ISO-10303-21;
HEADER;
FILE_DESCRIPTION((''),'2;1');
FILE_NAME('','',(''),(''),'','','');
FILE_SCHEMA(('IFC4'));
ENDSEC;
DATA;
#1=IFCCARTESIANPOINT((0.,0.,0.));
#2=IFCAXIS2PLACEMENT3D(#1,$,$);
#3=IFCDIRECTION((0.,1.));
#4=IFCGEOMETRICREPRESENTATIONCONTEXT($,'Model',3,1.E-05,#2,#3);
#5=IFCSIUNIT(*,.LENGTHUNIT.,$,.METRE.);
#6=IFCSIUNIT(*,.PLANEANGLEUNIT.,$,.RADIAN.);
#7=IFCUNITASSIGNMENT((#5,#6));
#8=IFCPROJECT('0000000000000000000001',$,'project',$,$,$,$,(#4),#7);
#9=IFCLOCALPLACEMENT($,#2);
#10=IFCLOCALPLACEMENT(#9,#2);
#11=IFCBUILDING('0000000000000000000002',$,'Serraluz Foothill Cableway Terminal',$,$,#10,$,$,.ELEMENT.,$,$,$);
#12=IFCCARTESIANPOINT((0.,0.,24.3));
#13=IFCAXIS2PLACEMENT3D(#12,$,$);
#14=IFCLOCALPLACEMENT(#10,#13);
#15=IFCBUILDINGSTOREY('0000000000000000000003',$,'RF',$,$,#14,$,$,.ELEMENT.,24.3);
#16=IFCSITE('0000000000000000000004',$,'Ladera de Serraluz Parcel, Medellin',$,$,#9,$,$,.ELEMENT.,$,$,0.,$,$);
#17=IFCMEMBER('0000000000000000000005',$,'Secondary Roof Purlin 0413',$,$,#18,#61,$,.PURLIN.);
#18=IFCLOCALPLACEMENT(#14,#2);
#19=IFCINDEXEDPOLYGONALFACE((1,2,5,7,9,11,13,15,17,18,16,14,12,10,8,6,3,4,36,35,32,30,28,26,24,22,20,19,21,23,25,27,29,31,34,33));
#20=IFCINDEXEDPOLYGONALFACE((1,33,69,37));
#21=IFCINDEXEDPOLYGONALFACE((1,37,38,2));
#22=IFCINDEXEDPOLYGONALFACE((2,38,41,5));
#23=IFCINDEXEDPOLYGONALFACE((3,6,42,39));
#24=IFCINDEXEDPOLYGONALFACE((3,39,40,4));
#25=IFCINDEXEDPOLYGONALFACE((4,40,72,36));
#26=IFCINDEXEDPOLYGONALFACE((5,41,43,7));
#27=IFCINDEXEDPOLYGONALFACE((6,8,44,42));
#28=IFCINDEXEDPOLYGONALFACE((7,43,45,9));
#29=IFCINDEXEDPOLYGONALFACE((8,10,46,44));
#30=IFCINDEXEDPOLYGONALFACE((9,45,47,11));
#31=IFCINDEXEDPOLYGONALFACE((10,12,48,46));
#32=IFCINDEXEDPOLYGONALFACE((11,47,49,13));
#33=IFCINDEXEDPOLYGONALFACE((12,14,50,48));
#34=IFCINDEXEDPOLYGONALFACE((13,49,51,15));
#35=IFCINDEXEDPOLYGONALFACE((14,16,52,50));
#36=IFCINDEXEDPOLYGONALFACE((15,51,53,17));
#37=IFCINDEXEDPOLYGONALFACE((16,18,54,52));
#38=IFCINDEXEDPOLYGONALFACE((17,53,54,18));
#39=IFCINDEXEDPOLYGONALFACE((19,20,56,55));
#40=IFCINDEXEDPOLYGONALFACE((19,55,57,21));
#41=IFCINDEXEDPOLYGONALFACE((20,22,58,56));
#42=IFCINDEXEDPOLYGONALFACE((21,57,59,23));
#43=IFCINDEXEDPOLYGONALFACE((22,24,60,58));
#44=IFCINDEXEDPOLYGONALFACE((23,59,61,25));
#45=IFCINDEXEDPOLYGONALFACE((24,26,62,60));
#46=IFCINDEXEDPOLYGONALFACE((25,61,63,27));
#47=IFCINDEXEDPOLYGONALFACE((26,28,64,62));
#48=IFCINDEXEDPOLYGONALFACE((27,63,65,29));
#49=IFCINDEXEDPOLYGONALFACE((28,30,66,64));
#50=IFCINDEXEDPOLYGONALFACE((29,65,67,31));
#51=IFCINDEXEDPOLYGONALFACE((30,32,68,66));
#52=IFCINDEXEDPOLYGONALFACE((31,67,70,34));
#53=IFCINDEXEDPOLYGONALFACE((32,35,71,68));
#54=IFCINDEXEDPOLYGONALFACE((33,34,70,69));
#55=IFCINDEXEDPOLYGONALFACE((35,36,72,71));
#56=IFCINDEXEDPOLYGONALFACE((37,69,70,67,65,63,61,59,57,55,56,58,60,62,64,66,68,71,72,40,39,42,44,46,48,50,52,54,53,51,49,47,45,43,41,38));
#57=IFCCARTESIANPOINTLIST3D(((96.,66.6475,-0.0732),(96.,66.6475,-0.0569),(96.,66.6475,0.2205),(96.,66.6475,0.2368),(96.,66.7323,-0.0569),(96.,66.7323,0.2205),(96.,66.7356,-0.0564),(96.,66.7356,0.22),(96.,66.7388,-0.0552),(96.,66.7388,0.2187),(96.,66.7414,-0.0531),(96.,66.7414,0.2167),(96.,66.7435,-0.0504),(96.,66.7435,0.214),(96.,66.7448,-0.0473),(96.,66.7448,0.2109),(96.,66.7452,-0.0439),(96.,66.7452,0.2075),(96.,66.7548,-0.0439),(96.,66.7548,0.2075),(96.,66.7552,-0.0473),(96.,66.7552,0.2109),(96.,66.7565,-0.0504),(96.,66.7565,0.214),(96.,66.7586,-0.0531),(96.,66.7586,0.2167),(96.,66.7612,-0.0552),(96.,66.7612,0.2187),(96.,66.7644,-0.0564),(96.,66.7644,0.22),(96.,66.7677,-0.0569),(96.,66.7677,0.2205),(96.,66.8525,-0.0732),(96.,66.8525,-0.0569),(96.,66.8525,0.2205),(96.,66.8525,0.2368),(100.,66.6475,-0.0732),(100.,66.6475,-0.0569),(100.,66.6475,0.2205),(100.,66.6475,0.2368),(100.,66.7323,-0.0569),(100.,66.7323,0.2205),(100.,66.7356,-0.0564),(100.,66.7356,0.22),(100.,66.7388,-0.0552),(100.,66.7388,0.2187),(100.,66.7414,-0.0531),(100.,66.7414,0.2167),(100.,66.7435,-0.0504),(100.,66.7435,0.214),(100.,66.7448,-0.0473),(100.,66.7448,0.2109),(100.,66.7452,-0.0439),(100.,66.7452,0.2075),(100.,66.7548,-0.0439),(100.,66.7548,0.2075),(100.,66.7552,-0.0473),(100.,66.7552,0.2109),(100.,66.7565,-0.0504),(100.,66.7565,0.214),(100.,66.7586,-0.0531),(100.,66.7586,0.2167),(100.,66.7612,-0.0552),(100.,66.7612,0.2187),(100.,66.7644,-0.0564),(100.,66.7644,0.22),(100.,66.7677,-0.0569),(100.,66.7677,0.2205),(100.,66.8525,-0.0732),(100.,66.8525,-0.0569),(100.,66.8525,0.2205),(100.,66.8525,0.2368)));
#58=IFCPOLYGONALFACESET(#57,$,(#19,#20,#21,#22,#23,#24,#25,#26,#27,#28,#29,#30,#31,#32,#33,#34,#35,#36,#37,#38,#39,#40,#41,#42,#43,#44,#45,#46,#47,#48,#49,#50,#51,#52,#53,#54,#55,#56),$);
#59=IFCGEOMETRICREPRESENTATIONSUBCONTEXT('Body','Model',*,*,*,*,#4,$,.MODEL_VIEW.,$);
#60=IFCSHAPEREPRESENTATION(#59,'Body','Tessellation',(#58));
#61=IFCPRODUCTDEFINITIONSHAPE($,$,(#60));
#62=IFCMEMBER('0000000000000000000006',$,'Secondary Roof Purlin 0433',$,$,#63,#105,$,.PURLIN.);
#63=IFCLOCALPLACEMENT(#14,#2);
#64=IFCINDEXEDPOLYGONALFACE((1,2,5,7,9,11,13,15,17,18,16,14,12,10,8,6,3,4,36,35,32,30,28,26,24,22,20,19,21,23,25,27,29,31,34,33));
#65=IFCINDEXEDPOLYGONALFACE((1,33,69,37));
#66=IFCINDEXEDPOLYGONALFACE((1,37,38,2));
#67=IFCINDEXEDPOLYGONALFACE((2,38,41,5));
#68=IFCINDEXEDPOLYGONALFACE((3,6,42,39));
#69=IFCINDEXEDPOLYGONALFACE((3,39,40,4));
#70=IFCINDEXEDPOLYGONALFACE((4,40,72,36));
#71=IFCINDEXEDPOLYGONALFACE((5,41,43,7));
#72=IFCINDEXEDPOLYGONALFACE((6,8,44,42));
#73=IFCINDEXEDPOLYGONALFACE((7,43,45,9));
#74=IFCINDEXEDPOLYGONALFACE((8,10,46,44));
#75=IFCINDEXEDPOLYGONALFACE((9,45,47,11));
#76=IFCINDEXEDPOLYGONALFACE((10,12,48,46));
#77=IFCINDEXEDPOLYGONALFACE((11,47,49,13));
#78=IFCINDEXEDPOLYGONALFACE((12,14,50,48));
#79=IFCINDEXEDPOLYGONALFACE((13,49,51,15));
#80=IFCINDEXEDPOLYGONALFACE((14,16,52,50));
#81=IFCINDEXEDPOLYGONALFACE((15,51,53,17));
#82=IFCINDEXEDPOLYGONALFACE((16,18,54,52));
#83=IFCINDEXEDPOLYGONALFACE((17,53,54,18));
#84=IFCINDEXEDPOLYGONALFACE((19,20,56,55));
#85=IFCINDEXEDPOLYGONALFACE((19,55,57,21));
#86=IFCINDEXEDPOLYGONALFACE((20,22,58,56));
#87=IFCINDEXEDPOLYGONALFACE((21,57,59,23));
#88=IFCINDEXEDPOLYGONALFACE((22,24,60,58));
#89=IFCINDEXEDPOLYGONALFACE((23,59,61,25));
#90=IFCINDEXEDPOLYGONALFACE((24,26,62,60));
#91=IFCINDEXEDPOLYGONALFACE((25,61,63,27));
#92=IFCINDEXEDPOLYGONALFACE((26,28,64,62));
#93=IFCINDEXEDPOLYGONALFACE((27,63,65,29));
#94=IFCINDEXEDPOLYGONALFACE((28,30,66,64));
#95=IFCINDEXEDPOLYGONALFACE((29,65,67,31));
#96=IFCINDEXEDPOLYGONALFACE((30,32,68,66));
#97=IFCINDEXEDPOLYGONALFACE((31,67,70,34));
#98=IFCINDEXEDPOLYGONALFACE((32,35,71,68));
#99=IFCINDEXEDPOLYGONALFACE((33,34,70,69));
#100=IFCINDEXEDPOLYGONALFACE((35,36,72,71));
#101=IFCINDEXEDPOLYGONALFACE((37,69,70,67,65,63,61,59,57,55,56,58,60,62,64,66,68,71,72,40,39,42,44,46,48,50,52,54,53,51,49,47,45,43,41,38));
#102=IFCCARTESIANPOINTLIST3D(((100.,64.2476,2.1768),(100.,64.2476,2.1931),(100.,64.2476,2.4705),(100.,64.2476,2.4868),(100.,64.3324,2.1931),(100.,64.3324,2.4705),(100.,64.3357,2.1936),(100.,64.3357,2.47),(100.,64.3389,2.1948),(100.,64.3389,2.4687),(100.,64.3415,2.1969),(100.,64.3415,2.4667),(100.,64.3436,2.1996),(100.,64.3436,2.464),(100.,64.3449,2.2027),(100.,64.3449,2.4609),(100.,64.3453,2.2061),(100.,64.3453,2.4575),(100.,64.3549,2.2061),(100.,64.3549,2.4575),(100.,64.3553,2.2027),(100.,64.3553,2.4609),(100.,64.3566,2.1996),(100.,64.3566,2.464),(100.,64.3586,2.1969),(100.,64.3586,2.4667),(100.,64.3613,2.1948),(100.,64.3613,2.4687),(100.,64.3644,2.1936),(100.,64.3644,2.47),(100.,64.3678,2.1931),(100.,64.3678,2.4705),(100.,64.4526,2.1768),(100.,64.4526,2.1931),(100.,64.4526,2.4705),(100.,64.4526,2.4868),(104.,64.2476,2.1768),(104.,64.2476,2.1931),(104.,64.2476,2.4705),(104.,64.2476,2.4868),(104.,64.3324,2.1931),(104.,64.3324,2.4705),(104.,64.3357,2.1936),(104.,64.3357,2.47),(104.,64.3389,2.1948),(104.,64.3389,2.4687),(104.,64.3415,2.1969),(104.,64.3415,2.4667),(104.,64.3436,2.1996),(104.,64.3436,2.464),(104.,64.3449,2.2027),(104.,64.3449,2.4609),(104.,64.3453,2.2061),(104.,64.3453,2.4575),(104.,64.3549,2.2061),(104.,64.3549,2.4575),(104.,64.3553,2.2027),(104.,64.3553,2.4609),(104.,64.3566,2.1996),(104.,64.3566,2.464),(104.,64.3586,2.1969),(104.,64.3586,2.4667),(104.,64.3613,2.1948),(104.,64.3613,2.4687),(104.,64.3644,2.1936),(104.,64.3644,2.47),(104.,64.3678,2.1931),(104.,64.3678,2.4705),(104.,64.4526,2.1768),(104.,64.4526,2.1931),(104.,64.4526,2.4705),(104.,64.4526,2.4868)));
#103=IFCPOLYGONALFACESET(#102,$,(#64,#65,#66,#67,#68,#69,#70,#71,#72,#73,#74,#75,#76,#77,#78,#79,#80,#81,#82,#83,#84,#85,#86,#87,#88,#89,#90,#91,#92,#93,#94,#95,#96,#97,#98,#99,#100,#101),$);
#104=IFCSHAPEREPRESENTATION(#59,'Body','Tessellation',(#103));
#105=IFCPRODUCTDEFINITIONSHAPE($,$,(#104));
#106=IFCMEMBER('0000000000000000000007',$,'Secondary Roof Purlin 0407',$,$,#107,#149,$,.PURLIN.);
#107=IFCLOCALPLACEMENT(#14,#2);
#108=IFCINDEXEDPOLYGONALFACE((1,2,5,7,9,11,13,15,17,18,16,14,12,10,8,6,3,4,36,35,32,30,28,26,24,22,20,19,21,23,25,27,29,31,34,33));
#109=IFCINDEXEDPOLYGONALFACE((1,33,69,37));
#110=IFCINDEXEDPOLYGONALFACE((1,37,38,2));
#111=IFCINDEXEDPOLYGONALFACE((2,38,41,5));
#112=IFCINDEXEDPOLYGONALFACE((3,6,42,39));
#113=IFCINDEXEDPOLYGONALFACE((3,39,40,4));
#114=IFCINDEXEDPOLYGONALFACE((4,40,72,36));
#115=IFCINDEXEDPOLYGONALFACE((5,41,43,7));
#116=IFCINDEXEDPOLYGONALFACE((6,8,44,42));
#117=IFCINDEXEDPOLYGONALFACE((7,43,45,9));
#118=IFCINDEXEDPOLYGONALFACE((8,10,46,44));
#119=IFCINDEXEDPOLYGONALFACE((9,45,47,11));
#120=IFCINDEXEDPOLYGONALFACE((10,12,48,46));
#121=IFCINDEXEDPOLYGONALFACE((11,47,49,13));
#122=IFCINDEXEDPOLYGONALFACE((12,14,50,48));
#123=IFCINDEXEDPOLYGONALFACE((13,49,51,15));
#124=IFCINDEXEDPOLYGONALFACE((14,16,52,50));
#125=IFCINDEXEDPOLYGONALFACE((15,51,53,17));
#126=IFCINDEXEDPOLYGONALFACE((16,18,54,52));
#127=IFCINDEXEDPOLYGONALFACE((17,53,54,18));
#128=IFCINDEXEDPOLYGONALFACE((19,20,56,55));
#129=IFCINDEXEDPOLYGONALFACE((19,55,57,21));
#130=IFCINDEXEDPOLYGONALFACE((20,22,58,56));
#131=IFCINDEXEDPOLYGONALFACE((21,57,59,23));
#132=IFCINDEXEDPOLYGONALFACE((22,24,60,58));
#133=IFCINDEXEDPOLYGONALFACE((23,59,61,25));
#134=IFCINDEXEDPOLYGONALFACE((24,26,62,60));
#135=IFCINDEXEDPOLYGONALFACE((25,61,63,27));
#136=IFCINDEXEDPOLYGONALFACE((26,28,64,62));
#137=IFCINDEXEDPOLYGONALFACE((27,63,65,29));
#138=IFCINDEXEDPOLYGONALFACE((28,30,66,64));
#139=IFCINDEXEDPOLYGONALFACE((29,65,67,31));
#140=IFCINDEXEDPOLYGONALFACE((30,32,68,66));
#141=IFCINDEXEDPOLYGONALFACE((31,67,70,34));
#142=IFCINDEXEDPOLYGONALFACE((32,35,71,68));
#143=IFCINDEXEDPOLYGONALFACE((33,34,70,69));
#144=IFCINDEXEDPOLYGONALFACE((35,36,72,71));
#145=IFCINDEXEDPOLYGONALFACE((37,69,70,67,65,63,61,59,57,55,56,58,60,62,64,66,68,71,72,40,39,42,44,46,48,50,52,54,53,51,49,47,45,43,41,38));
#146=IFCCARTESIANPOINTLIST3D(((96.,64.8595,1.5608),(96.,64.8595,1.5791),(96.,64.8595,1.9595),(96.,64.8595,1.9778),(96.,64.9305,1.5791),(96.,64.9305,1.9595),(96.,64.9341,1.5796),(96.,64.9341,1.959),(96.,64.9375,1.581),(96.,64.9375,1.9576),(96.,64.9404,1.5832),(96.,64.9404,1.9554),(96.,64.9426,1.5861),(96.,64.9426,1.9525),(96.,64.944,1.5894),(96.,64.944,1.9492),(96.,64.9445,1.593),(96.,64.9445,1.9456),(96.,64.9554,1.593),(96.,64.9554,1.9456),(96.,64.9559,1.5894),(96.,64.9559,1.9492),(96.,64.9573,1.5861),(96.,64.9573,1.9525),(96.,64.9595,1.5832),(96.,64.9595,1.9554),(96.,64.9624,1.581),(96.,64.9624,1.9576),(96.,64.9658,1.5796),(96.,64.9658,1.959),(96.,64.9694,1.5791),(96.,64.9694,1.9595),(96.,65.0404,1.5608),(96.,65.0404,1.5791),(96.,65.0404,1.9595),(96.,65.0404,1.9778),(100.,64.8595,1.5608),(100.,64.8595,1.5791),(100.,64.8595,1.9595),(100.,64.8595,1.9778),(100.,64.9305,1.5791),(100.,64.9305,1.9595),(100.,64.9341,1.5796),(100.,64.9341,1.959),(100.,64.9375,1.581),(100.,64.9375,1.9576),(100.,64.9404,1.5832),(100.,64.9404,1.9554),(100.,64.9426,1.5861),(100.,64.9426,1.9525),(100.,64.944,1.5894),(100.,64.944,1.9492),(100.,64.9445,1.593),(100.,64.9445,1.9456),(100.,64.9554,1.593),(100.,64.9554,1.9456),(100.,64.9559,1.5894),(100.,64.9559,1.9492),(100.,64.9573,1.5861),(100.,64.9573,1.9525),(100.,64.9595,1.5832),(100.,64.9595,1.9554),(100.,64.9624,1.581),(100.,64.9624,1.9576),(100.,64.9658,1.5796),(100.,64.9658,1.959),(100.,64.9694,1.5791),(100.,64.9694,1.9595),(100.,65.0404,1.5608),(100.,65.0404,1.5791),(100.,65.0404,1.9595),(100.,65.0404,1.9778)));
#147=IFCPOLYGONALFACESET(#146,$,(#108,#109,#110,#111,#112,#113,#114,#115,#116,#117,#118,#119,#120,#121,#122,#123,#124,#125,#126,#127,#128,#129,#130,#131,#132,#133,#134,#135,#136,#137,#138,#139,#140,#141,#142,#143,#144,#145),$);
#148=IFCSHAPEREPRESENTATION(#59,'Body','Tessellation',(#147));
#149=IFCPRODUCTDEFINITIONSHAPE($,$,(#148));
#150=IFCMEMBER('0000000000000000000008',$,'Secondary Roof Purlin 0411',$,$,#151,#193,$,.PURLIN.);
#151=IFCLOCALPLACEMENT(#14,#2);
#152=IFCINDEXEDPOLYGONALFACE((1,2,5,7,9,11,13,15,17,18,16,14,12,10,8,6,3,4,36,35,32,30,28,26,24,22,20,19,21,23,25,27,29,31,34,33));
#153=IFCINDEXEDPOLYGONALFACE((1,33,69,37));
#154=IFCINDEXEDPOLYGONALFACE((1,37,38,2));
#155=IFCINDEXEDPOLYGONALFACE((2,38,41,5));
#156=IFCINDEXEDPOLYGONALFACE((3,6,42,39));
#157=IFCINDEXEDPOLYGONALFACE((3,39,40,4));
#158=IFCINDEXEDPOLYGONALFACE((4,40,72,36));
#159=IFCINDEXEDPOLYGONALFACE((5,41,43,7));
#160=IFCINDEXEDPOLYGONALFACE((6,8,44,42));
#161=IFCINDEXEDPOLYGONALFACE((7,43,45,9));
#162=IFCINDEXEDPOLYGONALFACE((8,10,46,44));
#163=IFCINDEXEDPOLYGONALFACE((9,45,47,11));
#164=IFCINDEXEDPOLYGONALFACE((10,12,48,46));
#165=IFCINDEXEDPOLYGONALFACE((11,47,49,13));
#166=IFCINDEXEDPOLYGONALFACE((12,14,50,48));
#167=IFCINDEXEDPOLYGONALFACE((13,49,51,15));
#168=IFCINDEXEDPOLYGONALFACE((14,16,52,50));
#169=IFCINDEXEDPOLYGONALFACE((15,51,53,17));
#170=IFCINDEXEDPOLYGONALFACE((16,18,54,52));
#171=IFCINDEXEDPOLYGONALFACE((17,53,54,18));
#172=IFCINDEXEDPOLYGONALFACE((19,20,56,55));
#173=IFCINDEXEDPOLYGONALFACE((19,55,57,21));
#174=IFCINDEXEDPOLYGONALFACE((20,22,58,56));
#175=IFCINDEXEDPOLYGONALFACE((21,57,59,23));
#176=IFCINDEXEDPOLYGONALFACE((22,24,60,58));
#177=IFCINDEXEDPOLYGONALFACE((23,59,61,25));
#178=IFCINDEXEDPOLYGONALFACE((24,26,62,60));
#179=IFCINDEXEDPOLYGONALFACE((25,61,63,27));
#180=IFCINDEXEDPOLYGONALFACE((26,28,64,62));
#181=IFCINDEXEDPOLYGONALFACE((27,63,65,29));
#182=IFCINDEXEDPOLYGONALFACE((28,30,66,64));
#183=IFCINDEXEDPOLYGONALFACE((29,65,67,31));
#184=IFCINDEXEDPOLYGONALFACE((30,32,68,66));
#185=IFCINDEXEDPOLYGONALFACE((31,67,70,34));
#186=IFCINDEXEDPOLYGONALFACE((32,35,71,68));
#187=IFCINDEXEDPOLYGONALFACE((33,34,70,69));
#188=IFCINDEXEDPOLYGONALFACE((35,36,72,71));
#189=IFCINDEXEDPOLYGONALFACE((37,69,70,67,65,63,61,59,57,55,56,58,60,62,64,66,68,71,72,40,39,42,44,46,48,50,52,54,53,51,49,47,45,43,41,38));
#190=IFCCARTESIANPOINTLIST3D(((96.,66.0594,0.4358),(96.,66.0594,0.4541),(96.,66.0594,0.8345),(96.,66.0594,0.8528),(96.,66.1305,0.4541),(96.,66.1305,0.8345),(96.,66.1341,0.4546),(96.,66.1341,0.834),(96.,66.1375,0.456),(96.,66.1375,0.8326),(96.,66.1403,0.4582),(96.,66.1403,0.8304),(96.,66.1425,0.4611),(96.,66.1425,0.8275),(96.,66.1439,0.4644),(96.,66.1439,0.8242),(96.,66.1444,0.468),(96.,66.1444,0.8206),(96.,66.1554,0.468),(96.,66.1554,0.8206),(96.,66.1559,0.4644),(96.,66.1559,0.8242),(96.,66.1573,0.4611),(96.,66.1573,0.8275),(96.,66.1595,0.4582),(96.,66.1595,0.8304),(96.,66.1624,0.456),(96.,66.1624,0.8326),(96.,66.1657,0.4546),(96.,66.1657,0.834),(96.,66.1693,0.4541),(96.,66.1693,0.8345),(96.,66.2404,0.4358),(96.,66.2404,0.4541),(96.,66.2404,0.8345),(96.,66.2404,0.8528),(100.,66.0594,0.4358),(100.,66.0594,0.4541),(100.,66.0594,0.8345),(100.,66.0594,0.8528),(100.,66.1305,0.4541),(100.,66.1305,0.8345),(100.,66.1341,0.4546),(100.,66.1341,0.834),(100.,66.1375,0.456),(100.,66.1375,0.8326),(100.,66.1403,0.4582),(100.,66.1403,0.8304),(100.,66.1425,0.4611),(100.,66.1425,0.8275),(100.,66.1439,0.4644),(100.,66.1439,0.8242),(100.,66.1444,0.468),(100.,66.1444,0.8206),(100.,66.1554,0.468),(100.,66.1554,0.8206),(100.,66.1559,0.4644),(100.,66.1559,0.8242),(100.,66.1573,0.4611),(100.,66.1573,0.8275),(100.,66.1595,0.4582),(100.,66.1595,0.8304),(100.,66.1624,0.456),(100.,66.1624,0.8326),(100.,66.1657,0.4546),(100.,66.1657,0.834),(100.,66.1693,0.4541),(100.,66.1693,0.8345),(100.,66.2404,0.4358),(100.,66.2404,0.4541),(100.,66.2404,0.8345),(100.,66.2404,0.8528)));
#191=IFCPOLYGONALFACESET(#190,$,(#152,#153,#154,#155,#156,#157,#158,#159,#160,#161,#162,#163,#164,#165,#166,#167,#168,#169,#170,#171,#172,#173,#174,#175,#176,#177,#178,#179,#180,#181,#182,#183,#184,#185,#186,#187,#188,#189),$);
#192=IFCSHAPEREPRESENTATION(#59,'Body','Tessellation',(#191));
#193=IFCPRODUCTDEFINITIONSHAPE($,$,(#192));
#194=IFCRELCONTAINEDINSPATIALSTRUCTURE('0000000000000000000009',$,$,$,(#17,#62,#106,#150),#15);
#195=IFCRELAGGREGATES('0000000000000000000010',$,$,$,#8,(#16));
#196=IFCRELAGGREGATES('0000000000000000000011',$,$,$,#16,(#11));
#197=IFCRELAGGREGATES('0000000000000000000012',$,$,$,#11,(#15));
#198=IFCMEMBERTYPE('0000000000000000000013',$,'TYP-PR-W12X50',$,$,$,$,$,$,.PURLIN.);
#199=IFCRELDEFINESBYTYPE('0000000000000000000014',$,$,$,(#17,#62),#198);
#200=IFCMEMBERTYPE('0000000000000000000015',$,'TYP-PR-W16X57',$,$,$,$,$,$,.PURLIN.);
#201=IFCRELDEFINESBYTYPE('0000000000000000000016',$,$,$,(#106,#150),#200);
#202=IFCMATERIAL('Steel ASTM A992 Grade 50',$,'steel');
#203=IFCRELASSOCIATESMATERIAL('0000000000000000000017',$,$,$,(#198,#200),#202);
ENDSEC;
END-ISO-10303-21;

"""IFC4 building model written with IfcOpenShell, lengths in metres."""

from ifc_helpers import new_model, si_unit, direction, frame, origin, origin_2d, place, context, subcontext, project, spatial, i_section, extrude, material, material_profile, profile_set, type_object, element, save


model = new_model("IFC4")

# Units and contexts
model_context = context("Model", 3, precision=1e-05, world=origin(), true_north=direction((0.0, 1.0)))
body_context = subcontext(model_context, "Body", "Model", "MODEL_VIEW")
ifc_project = project(units=[si_unit("LENGTHUNIT", "METRE"), si_unit("PLANEANGLEUNIT", "RADIAN")], contexts=[model_context])

# Site, building, storey
site_placement = place(None, origin())
site = spatial("IfcSite", under=ifc_project, at=site_placement, Name="Ladera de Serraluz Parcel, Medellin", CompositionType="ELEMENT", RefElevation=0.0)
building_placement = place(site_placement, origin())
building = spatial("IfcBuilding", under=site, at=building_placement, Name="Serraluz Foothill Cableway Terminal", CompositionType="ELEMENT")
storey_placement = place(building_placement, frame((0.0, 0.0, 24.3)))
storey = spatial("IfcBuildingStorey", under=building, at=storey_placement, Name="RF", CompositionType="ELEMENT", Elevation=24.3)

# Members
ifc_material_1 = material(Name="Steel ASTM A992 Grade 50", Category="steel")
ifc_material_profile_1 = material_profile(ifc_material_1, i_section(OverallWidth=0.2051, OverallDepth=0.3101, WebThickness=0.0095, FlangeThickness=0.0164, FilletRadius=0.0129, at=origin_2d()), Name="W12X50")
ifc_profile_set_1 = profile_set([ifc_material_profile_1], Name="Steel ASTM A992 Grade 50")
member_type_1 = type_object("IfcMemberType", Name="TYP-PR-W12X50", PredefinedType="PURLIN", material=ifc_profile_set_1)
for number, where, z_axis, x_axis, name in (
    (1, (96.0, 66.75, 0.0818), (1.0, 0.0, 0.0), (0.0, 1.0, 0.0), "Secondary Roof Purlin 0413"),
    (2, (100.0, 64.3501, 2.3318), (1.0, 0.0, 0.0), (0.0, 1.0, 0.0), "Secondary Roof Purlin 0433"),
):
    element("IfcMember", number, at=place(storey_placement, frame(where, z_axis=z_axis, x_axis=x_axis)), inside=storey, type_object=member_type_1, Name=name, PredefinedType="PURLIN", context=body_context, shape_type="SweptSolid", body=[
        extrude(i_section(OverallWidth=0.2051, OverallDepth=0.3101, WebThickness=0.0095, FlangeThickness=0.0164, FilletRadius=0.0129, at=origin_2d()), origin(), (0.0, 0.0, 1.0), 4.0),
    ])
ifc_material_profile_2 = material_profile(ifc_material_1, i_section(OverallWidth=0.1809, OverallDepth=0.417, WebThickness=0.011, FlangeThickness=0.0183, FilletRadius=0.0139, at=origin_2d()), Name="W16X57")
ifc_profile_set_2 = profile_set([ifc_material_profile_2], Name="Steel ASTM A992 Grade 50")
member_type_2 = type_object("IfcMemberType", Name="TYP-PR-W16X57", PredefinedType="PURLIN", material=ifc_profile_set_2)
for number, where, z_axis, x_axis, name in (
    (3, (96.0, 64.95, 1.7693), (1.0, 0.0, 0.0), (0.0, 1.0, 0.0), "Secondary Roof Purlin 0407"),
    (4, (96.0, 66.1499, 0.6443), (1.0, 0.0, 0.0), (0.0, 1.0, 0.0), "Secondary Roof Purlin 0411"),
):
    element("IfcMember", number, at=place(storey_placement, frame(where, z_axis=z_axis, x_axis=x_axis)), inside=storey, type_object=member_type_2, Name=name, PredefinedType="PURLIN", context=body_context, shape_type="SweptSolid", body=[
        extrude(i_section(OverallWidth=0.1809, OverallDepth=0.417, WebThickness=0.011, FlangeThickness=0.0183, FilletRadius=0.0139, at=origin_2d()), origin(), (0.0, 0.0, 1.0), 4.0),
    ])

save(model, "model.ifc")
